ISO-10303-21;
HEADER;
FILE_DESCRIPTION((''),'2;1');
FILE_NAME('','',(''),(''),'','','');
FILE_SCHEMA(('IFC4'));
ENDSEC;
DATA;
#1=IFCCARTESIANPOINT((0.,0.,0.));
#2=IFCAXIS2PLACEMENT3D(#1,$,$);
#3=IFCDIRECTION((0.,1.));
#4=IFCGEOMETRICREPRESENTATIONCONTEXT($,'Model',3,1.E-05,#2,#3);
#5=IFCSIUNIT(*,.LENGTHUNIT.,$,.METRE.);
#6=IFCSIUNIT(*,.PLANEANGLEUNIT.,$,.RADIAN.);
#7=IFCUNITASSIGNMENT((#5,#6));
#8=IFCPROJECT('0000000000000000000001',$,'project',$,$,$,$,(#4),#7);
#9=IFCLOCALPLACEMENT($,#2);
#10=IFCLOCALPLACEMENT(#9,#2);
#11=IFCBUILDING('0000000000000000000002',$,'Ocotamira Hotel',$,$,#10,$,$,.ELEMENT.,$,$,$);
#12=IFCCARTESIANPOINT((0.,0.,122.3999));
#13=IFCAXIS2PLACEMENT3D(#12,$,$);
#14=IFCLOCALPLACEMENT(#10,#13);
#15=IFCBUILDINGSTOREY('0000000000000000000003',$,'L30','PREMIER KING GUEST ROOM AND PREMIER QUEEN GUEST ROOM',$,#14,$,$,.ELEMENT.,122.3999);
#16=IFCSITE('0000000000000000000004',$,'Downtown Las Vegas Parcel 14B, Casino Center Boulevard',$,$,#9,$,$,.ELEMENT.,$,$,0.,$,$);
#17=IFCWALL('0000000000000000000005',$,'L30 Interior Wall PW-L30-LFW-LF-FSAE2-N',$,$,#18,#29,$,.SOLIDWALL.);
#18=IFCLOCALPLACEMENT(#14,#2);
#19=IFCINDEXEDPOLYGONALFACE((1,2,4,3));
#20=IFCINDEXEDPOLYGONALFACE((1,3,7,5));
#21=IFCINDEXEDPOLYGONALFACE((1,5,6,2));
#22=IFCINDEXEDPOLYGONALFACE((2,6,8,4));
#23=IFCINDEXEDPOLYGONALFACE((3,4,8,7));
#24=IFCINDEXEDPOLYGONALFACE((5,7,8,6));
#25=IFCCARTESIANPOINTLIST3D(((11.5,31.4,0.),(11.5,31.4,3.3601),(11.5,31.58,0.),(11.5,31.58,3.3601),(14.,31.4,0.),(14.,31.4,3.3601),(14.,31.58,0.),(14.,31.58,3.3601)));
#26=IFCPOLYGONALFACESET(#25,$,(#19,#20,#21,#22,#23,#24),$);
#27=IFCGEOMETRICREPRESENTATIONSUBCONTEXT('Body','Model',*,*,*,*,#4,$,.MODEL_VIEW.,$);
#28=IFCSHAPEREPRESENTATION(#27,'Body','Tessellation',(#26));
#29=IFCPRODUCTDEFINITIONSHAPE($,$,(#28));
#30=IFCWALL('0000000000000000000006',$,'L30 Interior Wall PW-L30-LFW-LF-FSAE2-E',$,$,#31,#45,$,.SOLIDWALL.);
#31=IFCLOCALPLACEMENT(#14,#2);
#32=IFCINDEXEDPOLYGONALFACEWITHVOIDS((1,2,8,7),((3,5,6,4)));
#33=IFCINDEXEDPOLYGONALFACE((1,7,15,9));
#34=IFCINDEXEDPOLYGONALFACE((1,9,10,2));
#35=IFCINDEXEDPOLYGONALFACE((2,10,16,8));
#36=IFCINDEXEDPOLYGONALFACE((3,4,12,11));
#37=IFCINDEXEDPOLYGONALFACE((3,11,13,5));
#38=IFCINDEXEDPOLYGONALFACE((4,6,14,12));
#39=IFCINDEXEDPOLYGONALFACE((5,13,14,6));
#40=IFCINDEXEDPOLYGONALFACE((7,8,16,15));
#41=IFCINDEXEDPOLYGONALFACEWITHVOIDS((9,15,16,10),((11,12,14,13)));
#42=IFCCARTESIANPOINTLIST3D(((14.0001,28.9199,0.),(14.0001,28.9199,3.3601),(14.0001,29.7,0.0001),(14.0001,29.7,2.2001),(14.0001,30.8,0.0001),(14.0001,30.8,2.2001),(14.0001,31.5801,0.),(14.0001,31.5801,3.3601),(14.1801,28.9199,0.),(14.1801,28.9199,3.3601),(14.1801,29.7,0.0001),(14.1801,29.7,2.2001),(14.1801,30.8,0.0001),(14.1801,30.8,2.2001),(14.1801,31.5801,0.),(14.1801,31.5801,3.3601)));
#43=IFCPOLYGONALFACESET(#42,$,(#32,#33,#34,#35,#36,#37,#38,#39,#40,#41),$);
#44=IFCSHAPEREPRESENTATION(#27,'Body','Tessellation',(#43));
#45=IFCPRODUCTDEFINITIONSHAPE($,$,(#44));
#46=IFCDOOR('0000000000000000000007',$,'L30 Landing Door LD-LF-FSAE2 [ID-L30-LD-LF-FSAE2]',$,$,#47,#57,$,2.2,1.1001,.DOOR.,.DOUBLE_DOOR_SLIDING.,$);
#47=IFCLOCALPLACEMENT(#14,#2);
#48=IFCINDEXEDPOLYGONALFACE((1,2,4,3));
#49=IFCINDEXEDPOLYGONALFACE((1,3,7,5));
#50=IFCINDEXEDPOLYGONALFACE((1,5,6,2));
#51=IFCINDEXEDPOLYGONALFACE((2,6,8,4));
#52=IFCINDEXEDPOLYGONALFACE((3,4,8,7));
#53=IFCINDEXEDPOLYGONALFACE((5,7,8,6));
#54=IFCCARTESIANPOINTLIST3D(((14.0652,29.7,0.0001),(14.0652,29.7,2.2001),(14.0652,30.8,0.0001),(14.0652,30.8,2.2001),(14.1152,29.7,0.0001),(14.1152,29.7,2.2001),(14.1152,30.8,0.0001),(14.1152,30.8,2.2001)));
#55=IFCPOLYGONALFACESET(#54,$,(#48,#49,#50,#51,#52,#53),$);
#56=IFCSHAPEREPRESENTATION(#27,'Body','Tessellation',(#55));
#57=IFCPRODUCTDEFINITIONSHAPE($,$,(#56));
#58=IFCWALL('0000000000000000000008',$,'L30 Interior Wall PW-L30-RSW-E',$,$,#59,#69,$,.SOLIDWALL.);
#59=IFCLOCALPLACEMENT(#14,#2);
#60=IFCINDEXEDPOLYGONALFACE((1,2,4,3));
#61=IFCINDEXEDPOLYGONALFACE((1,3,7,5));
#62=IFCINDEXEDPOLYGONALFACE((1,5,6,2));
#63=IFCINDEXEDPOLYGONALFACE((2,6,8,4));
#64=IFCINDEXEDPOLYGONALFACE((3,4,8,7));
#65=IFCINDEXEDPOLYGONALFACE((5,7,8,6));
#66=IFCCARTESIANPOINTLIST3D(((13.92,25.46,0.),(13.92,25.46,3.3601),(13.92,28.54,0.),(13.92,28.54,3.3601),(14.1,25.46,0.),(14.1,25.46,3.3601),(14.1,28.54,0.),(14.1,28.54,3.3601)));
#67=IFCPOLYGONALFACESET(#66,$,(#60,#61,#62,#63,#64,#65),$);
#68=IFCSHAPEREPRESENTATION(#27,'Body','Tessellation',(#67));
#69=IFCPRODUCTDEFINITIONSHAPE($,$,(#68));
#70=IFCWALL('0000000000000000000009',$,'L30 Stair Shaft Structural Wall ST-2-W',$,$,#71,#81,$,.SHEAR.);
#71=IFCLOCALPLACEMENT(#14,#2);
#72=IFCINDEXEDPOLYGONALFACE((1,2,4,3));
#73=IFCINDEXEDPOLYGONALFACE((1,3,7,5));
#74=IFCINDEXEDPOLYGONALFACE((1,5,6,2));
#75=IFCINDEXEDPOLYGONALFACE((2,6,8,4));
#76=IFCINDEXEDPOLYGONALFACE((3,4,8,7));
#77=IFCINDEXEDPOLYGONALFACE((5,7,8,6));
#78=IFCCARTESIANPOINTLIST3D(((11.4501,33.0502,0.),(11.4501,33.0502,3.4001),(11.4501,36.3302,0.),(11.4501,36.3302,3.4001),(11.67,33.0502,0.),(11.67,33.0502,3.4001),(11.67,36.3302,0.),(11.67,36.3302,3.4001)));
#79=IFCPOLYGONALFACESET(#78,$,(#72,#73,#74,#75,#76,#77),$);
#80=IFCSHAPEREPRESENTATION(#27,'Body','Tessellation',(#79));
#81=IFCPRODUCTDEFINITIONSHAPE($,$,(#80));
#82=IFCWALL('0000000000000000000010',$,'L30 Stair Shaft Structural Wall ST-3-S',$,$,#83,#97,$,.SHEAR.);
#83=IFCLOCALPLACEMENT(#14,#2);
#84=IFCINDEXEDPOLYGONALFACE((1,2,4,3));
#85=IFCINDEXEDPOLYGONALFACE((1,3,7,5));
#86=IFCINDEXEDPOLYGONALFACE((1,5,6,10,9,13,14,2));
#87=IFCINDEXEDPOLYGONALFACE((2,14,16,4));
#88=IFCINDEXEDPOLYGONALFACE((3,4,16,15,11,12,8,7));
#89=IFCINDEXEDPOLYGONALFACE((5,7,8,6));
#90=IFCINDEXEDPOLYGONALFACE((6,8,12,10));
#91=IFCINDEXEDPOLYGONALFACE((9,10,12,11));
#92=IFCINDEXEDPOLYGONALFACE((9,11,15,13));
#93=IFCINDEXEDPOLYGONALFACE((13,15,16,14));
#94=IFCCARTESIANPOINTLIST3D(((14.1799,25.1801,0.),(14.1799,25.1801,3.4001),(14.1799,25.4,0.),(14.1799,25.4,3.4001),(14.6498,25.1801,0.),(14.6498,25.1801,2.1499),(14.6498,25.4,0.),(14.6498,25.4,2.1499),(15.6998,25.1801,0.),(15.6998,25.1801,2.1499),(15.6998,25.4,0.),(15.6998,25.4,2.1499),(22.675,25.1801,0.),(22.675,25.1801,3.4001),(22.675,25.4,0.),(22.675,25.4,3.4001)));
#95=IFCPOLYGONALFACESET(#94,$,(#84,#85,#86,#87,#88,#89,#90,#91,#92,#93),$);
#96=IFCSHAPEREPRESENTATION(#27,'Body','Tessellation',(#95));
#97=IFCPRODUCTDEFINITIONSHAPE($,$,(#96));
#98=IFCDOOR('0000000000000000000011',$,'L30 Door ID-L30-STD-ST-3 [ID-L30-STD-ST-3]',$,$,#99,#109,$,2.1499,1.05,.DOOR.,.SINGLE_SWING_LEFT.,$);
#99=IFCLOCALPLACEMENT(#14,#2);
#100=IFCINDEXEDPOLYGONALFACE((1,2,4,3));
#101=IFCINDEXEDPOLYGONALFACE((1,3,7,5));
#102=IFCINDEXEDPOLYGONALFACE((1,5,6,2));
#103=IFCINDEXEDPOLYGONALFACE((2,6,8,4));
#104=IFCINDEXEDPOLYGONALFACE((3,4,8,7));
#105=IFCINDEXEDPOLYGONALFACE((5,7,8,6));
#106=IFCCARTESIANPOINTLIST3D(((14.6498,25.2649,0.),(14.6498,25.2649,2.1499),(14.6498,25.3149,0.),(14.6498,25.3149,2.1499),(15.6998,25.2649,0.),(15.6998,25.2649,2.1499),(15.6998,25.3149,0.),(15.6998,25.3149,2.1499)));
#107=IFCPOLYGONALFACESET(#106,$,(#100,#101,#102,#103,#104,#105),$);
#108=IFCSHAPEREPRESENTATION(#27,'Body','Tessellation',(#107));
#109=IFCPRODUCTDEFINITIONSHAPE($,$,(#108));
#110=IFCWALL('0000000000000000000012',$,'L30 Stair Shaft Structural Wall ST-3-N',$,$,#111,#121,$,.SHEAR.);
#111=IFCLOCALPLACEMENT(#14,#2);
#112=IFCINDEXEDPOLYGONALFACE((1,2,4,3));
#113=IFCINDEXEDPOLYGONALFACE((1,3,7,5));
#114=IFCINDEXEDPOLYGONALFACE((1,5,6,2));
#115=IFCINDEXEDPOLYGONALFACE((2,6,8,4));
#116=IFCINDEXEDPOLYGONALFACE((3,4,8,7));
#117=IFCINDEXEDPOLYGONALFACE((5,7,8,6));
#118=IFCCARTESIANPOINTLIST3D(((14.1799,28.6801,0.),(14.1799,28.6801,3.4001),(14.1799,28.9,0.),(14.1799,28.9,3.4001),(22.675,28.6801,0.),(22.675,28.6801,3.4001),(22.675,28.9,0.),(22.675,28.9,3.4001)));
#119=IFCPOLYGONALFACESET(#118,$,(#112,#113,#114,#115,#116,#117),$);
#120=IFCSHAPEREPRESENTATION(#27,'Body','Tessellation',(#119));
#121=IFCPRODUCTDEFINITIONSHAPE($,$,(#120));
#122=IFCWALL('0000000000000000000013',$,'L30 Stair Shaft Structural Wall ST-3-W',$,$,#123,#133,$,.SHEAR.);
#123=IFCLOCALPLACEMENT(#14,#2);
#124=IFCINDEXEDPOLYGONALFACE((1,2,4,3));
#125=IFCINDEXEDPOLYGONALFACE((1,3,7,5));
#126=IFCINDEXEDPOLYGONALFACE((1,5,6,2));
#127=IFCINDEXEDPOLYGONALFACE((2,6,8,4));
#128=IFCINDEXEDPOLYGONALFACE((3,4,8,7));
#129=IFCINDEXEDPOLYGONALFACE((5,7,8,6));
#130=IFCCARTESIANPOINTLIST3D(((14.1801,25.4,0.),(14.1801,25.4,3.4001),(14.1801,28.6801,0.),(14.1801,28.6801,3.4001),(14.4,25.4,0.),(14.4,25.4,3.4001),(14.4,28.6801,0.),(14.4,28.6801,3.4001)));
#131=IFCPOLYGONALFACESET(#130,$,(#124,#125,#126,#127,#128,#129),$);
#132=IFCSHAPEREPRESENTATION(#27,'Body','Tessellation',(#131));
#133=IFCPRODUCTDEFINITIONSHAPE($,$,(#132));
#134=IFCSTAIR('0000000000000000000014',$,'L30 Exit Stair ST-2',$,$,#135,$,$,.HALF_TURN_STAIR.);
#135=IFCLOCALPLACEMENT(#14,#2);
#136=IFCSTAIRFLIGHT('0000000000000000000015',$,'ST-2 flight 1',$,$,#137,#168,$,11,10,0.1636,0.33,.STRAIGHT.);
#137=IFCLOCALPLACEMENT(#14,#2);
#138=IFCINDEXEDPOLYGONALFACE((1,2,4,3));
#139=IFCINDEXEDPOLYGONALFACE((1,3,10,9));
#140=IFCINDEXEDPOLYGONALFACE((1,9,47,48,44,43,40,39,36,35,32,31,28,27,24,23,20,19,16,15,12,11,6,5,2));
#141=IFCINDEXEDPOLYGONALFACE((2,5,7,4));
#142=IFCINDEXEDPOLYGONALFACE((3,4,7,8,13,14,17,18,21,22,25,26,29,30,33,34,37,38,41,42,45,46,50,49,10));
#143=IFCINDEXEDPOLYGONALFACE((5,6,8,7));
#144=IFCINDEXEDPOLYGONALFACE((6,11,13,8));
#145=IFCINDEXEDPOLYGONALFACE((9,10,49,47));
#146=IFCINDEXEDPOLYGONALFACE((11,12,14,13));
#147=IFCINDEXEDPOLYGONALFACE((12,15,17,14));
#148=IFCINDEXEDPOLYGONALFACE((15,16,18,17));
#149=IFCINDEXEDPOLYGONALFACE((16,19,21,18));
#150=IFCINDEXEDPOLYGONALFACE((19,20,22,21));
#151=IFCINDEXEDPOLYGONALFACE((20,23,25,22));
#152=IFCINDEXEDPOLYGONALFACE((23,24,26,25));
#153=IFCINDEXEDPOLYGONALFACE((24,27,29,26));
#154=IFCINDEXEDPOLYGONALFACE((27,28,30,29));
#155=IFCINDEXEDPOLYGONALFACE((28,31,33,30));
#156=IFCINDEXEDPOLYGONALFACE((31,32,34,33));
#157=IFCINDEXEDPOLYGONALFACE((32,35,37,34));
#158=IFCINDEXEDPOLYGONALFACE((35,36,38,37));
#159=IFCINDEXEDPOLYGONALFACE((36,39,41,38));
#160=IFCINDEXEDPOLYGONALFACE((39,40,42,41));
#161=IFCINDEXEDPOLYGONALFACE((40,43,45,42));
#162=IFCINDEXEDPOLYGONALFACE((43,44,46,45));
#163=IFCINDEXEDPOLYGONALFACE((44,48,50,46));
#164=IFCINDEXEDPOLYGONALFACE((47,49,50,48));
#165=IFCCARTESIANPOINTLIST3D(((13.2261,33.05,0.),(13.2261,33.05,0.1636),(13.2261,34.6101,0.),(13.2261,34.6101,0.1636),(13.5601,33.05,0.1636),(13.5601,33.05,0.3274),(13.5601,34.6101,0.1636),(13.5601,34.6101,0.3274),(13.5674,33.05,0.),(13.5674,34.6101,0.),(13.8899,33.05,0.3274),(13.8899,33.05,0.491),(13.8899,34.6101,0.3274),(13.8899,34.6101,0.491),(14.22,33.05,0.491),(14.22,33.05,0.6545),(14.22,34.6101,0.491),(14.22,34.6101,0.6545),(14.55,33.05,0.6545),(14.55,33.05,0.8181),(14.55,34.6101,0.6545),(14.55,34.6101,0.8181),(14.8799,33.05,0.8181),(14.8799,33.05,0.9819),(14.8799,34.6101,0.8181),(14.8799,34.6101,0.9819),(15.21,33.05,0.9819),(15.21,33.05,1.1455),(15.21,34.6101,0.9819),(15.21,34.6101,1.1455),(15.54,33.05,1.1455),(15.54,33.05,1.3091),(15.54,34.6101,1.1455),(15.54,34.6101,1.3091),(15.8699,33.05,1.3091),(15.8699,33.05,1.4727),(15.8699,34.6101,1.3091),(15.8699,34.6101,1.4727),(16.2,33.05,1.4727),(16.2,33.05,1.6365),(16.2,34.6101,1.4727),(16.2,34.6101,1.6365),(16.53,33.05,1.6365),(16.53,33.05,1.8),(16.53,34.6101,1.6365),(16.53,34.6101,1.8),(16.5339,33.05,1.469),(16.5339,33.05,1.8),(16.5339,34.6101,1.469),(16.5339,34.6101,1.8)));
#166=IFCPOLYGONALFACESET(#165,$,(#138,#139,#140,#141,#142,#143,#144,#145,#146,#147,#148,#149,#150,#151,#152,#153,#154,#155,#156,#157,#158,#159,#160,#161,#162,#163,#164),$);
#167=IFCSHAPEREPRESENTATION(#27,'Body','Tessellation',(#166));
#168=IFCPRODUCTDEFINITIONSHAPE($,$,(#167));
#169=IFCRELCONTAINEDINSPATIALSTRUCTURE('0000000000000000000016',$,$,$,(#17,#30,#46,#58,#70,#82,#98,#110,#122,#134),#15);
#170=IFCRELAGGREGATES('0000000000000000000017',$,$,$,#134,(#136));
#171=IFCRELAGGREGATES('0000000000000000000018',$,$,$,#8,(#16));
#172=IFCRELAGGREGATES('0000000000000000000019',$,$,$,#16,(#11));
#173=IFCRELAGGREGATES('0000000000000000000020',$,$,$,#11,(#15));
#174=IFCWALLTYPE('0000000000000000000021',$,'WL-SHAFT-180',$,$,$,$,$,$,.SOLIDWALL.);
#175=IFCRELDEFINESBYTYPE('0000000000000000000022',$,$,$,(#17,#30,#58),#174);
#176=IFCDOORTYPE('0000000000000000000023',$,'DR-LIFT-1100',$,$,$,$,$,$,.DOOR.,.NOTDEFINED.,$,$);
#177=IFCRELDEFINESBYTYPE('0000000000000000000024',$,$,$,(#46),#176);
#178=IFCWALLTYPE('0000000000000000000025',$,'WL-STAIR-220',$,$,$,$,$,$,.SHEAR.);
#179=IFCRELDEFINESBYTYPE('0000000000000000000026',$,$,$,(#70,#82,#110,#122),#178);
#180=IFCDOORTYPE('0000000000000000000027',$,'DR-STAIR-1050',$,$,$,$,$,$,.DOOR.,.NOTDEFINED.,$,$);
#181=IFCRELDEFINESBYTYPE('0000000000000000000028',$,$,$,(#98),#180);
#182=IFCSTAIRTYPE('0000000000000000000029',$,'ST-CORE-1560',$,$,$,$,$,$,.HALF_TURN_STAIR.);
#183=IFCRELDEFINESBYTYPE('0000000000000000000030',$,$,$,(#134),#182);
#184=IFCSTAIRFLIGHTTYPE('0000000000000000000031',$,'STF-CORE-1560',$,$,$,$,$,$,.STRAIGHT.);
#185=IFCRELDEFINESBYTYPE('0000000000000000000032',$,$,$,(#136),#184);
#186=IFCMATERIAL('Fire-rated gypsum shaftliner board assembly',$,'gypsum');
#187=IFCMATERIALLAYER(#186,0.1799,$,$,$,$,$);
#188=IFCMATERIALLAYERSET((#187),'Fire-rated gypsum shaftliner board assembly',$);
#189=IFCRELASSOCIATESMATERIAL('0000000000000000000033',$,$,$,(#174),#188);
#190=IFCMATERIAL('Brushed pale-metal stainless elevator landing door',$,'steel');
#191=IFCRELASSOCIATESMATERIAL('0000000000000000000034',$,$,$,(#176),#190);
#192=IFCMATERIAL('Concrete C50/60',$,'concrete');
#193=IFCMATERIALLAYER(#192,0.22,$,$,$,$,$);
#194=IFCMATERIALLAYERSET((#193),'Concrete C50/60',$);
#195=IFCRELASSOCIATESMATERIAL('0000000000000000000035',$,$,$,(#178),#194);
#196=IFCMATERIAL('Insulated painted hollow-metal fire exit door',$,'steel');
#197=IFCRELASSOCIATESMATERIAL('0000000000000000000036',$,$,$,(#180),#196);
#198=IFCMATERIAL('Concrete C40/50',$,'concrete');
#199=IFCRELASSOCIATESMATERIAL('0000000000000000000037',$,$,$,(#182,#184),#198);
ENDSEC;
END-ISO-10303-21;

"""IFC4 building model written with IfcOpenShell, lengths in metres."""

from ifc_helpers import new_model, si_unit, direction, frame, frame_2d, origin, place, context, subcontext, project, spatial, polyline, rectangle, outline, extrude, source, transform, mapped, material, layer, layer_set, type_object, element, fill, aggregate, save


model = new_model("IFC4")

# Units and contexts
model_context = context("Model", 3, precision=1e-05, world=origin(), true_north=direction((0.0, 1.0)))
body_context = subcontext(model_context, "Body", "Model", "MODEL_VIEW")
ifc_project = project(units=[si_unit("LENGTHUNIT", "METRE"), si_unit("PLANEANGLEUNIT", "RADIAN")], contexts=[model_context])

# Site, building, storey
site_placement = place(None, origin())
site = spatial("IfcSite", under=ifc_project, at=site_placement, Name="Downtown Las Vegas Parcel 14B, Casino Center Boulevard", CompositionType="ELEMENT", RefElevation=0.0)
building_placement = place(site_placement, origin())
building = spatial("IfcBuilding", under=site, at=building_placement, Name="Ocotamira Hotel", CompositionType="ELEMENT")
storey_placement = place(building_placement, frame((0.0, 0.0, 122.3999)))
storey = spatial("IfcBuildingStorey", under=building, at=storey_placement, Name="L30", Description="PREMIER KING GUEST ROOM AND PREMIER QUEEN GUEST ROOM", CompositionType="ELEMENT", Elevation=122.3999)

# Wall
ifc_material_1 = material(Name="Fire-rated gypsum shaftliner board assembly", Category="gypsum")
ifc_layer_1 = layer(ifc_material_1, 0.1799)
ifc_layer_set_1 = layer_set([ifc_layer_1], Name="Fire-rated gypsum shaftliner board assembly")
wall_type_1 = type_object("IfcWallType", Name="WL-SHAFT-180", PredefinedType="SOLIDWALL", material=ifc_layer_set_1)
wall_1_placement = place(storey_placement, frame((11.5, 31.49, 0.0), z_axis=(0.0, 0.0, 1.0), x_axis=(1.0, 0.0, 0.0)))
element("IfcWall", 1, at=wall_1_placement, inside=storey, type_object=wall_type_1, Name="L30 Interior Wall PW-L30-LFW-LF-FSAE2-N", PredefinedType="SOLIDWALL", context=body_context, shape_type="SweptSolid", body=[
    extrude(rectangle(XDim=2.5, YDim=0.1799, at=frame_2d((1.25, 0.0))), origin(), (0.0, 0.0, 1.0), 3.3601),
])

# Wall, opening, door
wall_2_placement = place(storey_placement, frame((14.0901, 28.9199, 0.0), z_axis=(0.0, 0.0, 1.0), x_axis=(0.0, 1.0, 0.0)))
wall_2 = element("IfcWall", 2, at=wall_2_placement, inside=storey, type_object=wall_type_1, Name="L30 Interior Wall PW-L30-LFW-LF-FSAE2-E", PredefinedType="SOLIDWALL", context=body_context, shape_type="SweptSolid", body=[
    extrude(rectangle(XDim=2.6602, YDim=0.1799, at=frame_2d((1.3301, 0.0))), origin(), (0.0, 0.0, 1.0), 3.3601),
])
opening_1_placement = place(wall_2_placement, frame((0.78, 0.0, 0.0)))
opening_1 = element("IfcOpeningElement", 3, at=opening_1_placement, cuts=wall_2, PredefinedType="OPENING", context=body_context, shape_type="SweptSolid", body=[
    extrude(rectangle(XDim=1.1001, YDim=2.2, at=frame_2d((0.55, 1.1001))), frame((0.0, 0.1001, 0.0), z_axis=(0.0, -1.0, 0.0), x_axis=(1.0, 0.0, 0.0)), (0.0, 0.0, 1.0), 0.2),
])
ifc_material_2 = material(Name="Brushed pale-metal stainless elevator landing door", Category="steel")
door_type_1 = type_object("IfcDoorType", Name="DR-LIFT-1100", OperationType="NOTDEFINED", PredefinedType="DOOR", material=ifc_material_2)
shared_shape_1 = source(origin(), body_context, "Body", "SweptSolid", [
    extrude(rectangle(XDim=1.1001, YDim=2.2, at=frame_2d((0.55, 1.1001))), frame((0.0, 0.0249, 0.0), z_axis=(0.0, -1.0, 0.0), x_axis=(1.0, 0.0, 0.0)), (0.0, 0.0, 1.0), 0.05),
])
door_1_placement = place(opening_1_placement, origin())
door_1 = element("IfcDoor", 4, at=door_1_placement, inside=storey, type_object=door_type_1, Name="L30 Landing Door LD-LF-FSAE2 [ID-L30-LD-LF-FSAE2]", OperationType="DOUBLE_DOOR_SLIDING", OverallHeight=2.2, OverallWidth=1.1001, PredefinedType="DOOR", context=body_context, shape_type="MappedRepresentation", body=[
    mapped(shared_shape_1, transform((0.0, 0.0, 0.0), scale=1.0)),
])
fill(opening_1, door_1)

# Walls
wall_3_placement = place(storey_placement, frame((14.01, 25.46, 0.0), z_axis=(0.0, 0.0, 1.0), x_axis=(0.0, 1.0, 0.0)))
element("IfcWall", 5, at=wall_3_placement, inside=storey, type_object=wall_type_1, Name="L30 Interior Wall PW-L30-RSW-E", PredefinedType="SOLIDWALL", context=body_context, shape_type="SweptSolid", body=[
    extrude(rectangle(XDim=3.0801, YDim=0.1799, at=frame_2d((1.54, 0.0))), origin(), (0.0, 0.0, 1.0), 3.3601),
])
ifc_material_3 = material(Name="Concrete C50/60", Category="concrete")
ifc_layer_2 = layer(ifc_material_3, 0.22)
ifc_layer_set_2 = layer_set([ifc_layer_2], Name="Concrete C50/60")
wall_type_2 = type_object("IfcWallType", Name="WL-STAIR-220", PredefinedType="SHEAR", material=ifc_layer_set_2)
wall_4_placement = place(storey_placement, frame((11.5601, 33.05, 0.0), z_axis=(0.0, 0.0, 1.0), x_axis=(0.0, 1.0, 0.0)))
element("IfcWall", 6, at=wall_4_placement, inside=storey, type_object=wall_type_2, Name="L30 Stair Shaft Structural Wall ST-2-W", PredefinedType="SHEAR", context=body_context, shape_type="SweptSolid", body=[
    extrude(rectangle(XDim=3.28, YDim=0.22, at=frame_2d((1.6401, 0.0))), origin(), (0.0, 0.0, 1.0), 3.4001),
])

# Wall, opening, door
wall_5_placement = place(storey_placement, frame((14.1799, 25.29, 0.0), z_axis=(0.0, 0.0, 1.0), x_axis=(1.0, 0.0, 0.0)))
wall_5 = element("IfcWall", 7, at=wall_5_placement, inside=storey, type_object=wall_type_2, Name="L30 Stair Shaft Structural Wall ST-3-S", PredefinedType="SHEAR", context=body_context, shape_type="SweptSolid", body=[
    extrude(rectangle(XDim=8.4951, YDim=0.22, at=frame_2d((4.2476, 0.0))), origin(), (0.0, 0.0, 1.0), 3.4001),
])
opening_2_placement = place(wall_5_placement, frame((0.47, 0.0, 0.0)))
opening_2 = element("IfcOpeningElement", 8, at=opening_2_placement, cuts=wall_5, PredefinedType="OPENING", context=body_context, shape_type="SweptSolid", body=[
    extrude(rectangle(XDim=1.05, YDim=2.1499, at=frame_2d((0.5249, 1.075))), frame((0.0, 0.1201, 0.0), z_axis=(0.0, -1.0, 0.0), x_axis=(1.0, 0.0, 0.0)), (0.0, 0.0, 1.0), 0.24),
])
ifc_material_4 = material(Name="Insulated painted hollow-metal fire exit door", Category="steel")
door_type_2 = type_object("IfcDoorType", Name="DR-STAIR-1050", OperationType="NOTDEFINED", PredefinedType="DOOR", material=ifc_material_4)
shared_shape_2 = source(origin(), body_context, "Body", "SweptSolid", [
    extrude(rectangle(XDim=1.05, YDim=2.1499, at=frame_2d((0.5249, 1.075))), frame((0.0, 0.0249, 0.0), z_axis=(0.0, -1.0, 0.0), x_axis=(1.0, 0.0, 0.0)), (0.0, 0.0, 1.0), 0.05),
])
door_2_placement = place(opening_2_placement, origin())
door_2 = element("IfcDoor", 9, at=door_2_placement, inside=storey, type_object=door_type_2, Name="L30 Door ID-L30-STD-ST-3 [ID-L30-STD-ST-3]", OperationType="SINGLE_SWING_LEFT", OverallHeight=2.1499, OverallWidth=1.05, PredefinedType="DOOR", context=body_context, shape_type="MappedRepresentation", body=[
    mapped(shared_shape_2, transform((0.0, 0.0, 0.0), scale=1.0)),
])
fill(opening_2, door_2)

# Walls
wall_6_placement = place(storey_placement, frame((14.1799, 28.79, 0.0), z_axis=(0.0, 0.0, 1.0), x_axis=(1.0, 0.0, 0.0)))
element("IfcWall", 10, at=wall_6_placement, inside=storey, type_object=wall_type_2, Name="L30 Stair Shaft Structural Wall ST-3-N", PredefinedType="SHEAR", context=body_context, shape_type="SweptSolid", body=[
    extrude(rectangle(XDim=8.4951, YDim=0.22, at=frame_2d((4.2476, 0.0))), origin(), (0.0, 0.0, 1.0), 3.4001),
])
wall_7_placement = place(storey_placement, frame((14.29, 25.3999, 0.0), z_axis=(0.0, 0.0, 1.0), x_axis=(0.0, 1.0, 0.0)))
element("IfcWall", 11, at=wall_7_placement, inside=storey, type_object=wall_type_2, Name="L30 Stair Shaft Structural Wall ST-3-W", PredefinedType="SHEAR", context=body_context, shape_type="SweptSolid", body=[
    extrude(rectangle(XDim=3.28, YDim=0.22, at=frame_2d((1.6401, 0.0))), origin(), (0.0, 0.0, 1.0), 3.4001),
])

# Stair, stair flight
ifc_material_5 = material(Name="Concrete C40/50", Category="concrete")
stair_type = type_object("IfcStairType", Name="ST-CORE-1560", PredefinedType="HALF_TURN_STAIR", material=ifc_material_5)
stair_1_placement = place(storey_placement, origin())
stair_1 = element("IfcStair", 12, at=stair_1_placement, inside=storey, type_object=stair_type, Name="L30 Exit Stair ST-2", PredefinedType="HALF_TURN_STAIR")
stair_flight_type = type_object("IfcStairFlightType", Name="STF-CORE-1560", PredefinedType="STRAIGHT", material=ifc_material_5)
shared_shape_3 = source(origin(), body_context, "Body", "SweptSolid", [
    extrude(outline(polyline([(-0.0039, 0.0), (-0.0039, 0.1636), (0.3301, 0.1636), (0.3301, 0.3274), (0.6599, 0.3274), (0.6599, 0.491), (0.99, 0.491), (0.99, 0.6545), (1.3201, 0.6545), (1.3201, 0.8181), (1.6499, 0.8181), (1.6499, 0.9819), (1.98, 0.9819), (1.98, 1.1455), (2.3101, 1.1455), (2.3101, 1.3091), (2.6399, 1.3091), (2.6399, 1.4727), (2.97, 1.4727), (2.97, 1.6365), (3.3, 1.6365), (3.3, 1.8), (3.304, 1.8), (3.304, 1.469), (0.3374, 0.0), (-0.0039, 0.0)])), frame((0.0, 0.78, 0.0), z_axis=(0.0, -1.0, 0.0), x_axis=(1.0, 0.0, 0.0)), (0.0, 0.0, 1.0), 1.5601),
])
stair_flight_1_placement = place(storey_placement, frame((13.23, 33.8301, 0.0), z_axis=(0.0, 0.0, 1.0), x_axis=(1.0, 0.0, 0.0)))
stair_flight_1 = element("IfcStairFlight", 13, at=stair_flight_1_placement, type_object=stair_flight_type, Name="ST-2 flight 1", NumberOfRisers=11, NumberOfTreads=10, PredefinedType="STRAIGHT", RiserHeight=0.1636, TreadLength=0.33, context=body_context, shape_type="MappedRepresentation", body=[
    mapped(shared_shape_3, transform((0.0, 0.0, 0.0), scale=1.0)),
])
aggregate(stair_1, [stair_flight_1])

save(model, "model.ifc")
